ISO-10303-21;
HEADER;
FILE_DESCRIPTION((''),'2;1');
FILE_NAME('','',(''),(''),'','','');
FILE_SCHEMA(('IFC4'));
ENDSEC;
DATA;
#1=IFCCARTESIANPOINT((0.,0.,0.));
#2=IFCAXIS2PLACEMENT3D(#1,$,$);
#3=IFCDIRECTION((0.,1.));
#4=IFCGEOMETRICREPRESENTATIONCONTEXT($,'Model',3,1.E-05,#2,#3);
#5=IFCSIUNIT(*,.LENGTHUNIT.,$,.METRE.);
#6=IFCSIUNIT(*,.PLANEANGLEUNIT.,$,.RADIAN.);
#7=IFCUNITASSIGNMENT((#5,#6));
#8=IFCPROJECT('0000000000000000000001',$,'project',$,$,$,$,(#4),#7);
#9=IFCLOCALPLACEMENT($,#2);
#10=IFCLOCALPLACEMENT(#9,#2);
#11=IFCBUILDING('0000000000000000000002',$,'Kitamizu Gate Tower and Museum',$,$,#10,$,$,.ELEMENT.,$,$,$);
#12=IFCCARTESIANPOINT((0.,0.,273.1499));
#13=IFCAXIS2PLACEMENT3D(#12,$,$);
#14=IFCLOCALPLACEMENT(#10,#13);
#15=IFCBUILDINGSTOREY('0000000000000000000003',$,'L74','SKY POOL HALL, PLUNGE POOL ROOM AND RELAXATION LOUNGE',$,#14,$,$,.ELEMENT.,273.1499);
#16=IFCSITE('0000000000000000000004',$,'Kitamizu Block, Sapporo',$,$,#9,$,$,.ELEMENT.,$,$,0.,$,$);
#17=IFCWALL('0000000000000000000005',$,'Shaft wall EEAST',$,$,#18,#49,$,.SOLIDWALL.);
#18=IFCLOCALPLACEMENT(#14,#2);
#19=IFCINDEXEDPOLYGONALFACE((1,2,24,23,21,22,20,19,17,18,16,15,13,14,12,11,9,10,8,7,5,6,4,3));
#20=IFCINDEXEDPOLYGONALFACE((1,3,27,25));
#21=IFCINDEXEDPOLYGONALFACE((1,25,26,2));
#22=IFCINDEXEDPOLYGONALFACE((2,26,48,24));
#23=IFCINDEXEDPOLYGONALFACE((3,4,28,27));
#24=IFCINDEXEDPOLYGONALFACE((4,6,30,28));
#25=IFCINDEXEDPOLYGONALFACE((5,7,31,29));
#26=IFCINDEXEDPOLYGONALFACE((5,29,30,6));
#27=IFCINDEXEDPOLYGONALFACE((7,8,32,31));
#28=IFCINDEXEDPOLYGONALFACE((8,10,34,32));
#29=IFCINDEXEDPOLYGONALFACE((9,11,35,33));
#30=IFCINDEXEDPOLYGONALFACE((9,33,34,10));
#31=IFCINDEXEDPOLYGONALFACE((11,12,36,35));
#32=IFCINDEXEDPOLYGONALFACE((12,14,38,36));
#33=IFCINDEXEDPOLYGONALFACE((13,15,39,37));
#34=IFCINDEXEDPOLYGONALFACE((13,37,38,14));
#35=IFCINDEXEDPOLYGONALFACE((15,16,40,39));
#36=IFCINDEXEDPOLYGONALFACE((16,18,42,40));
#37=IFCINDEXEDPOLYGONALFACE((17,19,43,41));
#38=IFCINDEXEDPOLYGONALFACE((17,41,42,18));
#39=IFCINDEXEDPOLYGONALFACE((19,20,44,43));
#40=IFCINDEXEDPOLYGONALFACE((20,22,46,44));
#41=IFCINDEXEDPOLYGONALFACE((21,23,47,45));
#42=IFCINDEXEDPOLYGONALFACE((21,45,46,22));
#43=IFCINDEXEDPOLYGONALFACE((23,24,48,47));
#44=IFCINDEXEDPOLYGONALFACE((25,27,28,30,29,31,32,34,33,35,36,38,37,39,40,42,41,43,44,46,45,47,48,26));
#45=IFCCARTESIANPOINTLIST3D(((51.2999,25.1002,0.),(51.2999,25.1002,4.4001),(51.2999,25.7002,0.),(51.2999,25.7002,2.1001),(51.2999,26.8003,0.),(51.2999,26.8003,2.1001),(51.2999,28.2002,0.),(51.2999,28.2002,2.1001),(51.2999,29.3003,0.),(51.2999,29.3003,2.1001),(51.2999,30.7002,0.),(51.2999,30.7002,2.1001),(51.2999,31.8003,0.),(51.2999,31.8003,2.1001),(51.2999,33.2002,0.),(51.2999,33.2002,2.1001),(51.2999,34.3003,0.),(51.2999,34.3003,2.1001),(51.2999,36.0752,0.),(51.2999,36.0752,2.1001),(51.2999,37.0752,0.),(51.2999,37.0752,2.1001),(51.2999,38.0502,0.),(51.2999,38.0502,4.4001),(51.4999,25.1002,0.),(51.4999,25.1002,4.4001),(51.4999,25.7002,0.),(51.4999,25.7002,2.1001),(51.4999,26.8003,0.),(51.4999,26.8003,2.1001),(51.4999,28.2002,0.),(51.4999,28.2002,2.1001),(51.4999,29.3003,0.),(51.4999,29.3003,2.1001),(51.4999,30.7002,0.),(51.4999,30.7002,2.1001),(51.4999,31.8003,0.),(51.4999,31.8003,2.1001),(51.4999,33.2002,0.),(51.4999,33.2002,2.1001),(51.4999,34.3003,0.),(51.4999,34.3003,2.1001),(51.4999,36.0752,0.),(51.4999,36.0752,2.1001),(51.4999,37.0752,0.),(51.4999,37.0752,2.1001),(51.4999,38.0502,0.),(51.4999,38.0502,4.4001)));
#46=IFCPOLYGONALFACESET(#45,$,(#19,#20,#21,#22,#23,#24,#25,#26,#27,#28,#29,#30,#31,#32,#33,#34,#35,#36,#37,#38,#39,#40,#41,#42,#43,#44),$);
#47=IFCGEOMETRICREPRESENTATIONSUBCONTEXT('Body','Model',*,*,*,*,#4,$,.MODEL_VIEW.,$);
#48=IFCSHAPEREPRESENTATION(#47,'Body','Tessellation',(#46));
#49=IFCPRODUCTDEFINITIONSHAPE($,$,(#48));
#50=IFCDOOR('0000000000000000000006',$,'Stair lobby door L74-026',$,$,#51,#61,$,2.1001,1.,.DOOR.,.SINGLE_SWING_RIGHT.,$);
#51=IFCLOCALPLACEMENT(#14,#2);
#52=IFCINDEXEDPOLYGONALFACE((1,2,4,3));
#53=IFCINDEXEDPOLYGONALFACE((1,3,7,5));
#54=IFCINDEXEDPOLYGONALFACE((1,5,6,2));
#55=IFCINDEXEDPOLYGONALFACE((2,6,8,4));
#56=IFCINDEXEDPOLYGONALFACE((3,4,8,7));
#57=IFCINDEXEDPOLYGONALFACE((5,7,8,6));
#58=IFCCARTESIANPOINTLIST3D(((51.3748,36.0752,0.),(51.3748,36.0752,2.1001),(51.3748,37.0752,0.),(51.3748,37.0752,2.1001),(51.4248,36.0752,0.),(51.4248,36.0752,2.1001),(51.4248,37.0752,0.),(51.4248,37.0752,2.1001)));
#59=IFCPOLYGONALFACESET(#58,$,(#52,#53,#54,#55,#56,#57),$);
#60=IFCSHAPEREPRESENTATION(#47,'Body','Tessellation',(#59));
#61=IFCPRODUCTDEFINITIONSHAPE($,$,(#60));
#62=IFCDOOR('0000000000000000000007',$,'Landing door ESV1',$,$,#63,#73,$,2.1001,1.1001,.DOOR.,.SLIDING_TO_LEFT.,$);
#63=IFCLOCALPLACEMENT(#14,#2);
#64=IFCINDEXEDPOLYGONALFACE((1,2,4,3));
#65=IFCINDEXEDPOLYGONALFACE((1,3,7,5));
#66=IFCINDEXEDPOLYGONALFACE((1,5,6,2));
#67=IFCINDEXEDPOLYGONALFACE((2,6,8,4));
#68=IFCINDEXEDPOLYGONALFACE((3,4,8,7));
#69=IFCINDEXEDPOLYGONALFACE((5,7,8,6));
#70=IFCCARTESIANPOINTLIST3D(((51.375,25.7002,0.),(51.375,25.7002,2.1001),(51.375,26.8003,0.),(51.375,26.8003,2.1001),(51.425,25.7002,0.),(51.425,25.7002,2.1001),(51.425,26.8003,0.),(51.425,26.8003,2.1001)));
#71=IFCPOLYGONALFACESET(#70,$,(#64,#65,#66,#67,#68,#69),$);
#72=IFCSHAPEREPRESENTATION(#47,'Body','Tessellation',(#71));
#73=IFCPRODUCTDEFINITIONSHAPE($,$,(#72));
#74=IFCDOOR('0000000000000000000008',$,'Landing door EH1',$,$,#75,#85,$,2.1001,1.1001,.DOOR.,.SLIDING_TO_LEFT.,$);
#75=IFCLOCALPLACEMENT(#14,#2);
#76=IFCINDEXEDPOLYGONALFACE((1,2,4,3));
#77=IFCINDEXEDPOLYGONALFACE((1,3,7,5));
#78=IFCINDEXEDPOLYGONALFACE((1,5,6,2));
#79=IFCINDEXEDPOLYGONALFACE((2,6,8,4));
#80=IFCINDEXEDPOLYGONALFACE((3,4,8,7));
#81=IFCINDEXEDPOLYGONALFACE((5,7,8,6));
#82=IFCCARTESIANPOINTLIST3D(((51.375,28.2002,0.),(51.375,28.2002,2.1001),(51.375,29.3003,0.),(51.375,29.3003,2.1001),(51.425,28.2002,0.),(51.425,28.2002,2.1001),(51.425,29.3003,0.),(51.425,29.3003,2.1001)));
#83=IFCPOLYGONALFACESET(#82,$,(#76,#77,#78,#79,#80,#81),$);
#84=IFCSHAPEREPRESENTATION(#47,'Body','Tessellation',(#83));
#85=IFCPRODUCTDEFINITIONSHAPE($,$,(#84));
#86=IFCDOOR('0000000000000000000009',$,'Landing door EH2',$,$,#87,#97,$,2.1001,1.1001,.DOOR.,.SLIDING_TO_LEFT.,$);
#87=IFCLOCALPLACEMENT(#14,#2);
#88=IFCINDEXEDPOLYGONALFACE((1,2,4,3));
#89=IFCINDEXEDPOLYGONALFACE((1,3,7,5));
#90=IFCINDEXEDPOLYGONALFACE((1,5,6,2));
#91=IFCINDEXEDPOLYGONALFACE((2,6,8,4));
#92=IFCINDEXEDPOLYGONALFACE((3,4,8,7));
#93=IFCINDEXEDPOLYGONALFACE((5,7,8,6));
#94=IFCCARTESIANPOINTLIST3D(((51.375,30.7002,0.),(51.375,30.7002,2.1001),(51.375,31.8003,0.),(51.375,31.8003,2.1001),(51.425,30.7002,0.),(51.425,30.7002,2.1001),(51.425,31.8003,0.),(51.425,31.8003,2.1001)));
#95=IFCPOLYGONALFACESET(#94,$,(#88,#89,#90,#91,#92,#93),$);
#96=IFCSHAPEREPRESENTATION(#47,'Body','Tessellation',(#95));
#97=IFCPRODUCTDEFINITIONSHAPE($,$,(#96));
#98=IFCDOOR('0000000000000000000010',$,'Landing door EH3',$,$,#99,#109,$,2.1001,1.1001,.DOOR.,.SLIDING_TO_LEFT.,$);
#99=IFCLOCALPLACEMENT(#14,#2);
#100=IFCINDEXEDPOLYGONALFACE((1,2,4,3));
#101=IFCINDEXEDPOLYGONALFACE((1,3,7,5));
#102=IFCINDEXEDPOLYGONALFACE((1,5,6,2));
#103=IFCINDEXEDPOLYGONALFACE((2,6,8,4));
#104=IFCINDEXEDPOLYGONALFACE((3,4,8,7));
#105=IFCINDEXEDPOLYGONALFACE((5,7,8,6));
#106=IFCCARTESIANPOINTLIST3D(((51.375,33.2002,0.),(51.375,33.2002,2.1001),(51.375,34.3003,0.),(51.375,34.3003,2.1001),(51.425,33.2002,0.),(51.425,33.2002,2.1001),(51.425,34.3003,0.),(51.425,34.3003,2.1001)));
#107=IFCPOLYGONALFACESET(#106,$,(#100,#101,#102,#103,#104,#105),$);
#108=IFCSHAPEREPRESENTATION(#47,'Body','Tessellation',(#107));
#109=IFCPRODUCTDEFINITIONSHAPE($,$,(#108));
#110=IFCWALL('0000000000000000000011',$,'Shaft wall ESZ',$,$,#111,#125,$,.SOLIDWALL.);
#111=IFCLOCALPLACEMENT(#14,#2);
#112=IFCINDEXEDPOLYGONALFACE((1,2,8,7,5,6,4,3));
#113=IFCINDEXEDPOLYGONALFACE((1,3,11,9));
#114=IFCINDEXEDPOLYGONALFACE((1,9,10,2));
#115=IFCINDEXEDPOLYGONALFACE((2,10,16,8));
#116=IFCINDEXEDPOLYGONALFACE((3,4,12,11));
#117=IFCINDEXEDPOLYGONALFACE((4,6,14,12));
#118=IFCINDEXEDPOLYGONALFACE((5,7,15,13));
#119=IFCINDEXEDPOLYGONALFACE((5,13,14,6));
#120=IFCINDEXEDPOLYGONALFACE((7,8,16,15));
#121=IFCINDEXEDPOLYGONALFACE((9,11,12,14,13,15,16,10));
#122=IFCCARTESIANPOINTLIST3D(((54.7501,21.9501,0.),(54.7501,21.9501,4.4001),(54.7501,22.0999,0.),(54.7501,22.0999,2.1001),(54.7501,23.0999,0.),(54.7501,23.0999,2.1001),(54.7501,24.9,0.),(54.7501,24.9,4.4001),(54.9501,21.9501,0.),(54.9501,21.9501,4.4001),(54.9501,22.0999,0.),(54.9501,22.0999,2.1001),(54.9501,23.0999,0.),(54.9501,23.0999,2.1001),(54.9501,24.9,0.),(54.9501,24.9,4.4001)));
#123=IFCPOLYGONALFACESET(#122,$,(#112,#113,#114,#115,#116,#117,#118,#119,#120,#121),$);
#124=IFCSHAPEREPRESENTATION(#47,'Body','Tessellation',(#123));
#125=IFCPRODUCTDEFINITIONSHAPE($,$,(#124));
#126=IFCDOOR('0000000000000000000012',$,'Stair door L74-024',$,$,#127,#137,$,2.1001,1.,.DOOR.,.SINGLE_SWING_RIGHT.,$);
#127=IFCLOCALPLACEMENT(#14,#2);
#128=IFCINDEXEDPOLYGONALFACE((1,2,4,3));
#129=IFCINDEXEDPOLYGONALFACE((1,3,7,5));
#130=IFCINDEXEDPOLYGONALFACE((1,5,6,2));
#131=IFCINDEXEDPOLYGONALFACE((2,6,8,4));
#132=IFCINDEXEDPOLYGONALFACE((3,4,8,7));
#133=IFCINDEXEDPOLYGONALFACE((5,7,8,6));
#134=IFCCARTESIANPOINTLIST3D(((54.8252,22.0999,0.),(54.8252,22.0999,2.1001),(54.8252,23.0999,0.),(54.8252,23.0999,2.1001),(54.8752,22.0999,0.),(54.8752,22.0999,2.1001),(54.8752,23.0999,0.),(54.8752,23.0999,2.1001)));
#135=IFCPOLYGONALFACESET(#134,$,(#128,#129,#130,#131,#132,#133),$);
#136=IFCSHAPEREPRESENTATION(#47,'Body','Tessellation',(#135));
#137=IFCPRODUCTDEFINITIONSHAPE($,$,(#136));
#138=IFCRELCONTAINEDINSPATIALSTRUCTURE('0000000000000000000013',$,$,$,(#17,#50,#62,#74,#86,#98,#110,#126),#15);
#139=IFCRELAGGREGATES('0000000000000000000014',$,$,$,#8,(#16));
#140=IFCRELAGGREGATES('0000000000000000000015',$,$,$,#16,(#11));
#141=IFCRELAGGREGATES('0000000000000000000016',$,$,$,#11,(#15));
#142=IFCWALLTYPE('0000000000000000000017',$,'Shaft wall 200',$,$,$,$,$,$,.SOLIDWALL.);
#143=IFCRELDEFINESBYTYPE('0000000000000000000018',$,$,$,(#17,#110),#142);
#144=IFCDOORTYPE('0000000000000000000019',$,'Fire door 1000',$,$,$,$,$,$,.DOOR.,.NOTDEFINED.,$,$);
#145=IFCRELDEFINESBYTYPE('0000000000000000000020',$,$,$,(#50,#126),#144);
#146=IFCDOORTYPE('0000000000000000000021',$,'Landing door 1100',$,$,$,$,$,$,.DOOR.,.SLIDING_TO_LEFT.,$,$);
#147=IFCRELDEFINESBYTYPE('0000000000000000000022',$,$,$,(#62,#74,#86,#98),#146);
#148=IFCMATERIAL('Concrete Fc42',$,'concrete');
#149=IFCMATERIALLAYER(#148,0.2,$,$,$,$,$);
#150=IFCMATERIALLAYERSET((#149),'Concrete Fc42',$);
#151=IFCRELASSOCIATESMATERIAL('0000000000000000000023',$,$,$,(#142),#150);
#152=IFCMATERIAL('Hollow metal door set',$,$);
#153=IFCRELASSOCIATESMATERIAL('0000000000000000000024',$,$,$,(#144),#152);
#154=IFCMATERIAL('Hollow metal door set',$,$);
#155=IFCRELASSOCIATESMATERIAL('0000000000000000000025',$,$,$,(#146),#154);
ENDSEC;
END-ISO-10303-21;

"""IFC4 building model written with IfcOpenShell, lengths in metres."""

from ifc_helpers import new_model, si_unit, direction, frame, frame_2d, origin, place, context, subcontext, project, spatial, rectangle, extrude, material, layer, layer_set, type_object, element, fill, save


model = new_model("IFC4")

# Units and contexts
model_context = context("Model", 3, precision=1e-05, world=origin(), true_north=direction((0.0, 1.0)))
body_context = subcontext(model_context, "Body", "Model", "MODEL_VIEW")
ifc_project = project(units=[si_unit("LENGTHUNIT", "METRE"), si_unit("PLANEANGLEUNIT", "RADIAN")], contexts=[model_context])

# Site, building, storey
site_placement = place(None, origin())
site = spatial("IfcSite", under=ifc_project, at=site_placement, Name="Kitamizu Block, Sapporo", CompositionType="ELEMENT", RefElevation=0.0)
building_placement = place(site_placement, origin())
building = spatial("IfcBuilding", under=site, at=building_placement, Name="Kitamizu Gate Tower and Museum", CompositionType="ELEMENT")
storey_placement = place(building_placement, frame((0.0, 0.0, 273.1499)))
storey = spatial("IfcBuildingStorey", under=building, at=storey_placement, Name="L74", Description="SKY POOL HALL, PLUNGE POOL ROOM AND RELAXATION LOUNGE", CompositionType="ELEMENT", Elevation=273.1499)

# Wall, openings, doors
ifc_material_1 = material(Name="Concrete Fc42", Category="concrete")
ifc_layer_1 = layer(ifc_material_1, 0.2)
ifc_layer_set_1 = layer_set([ifc_layer_1], Name="Concrete Fc42")
wall_type_1 = type_object("IfcWallType", Name="Shaft wall 200", PredefinedType="SOLIDWALL", material=ifc_layer_set_1)
wall_1_placement = place(storey_placement, frame((51.3999, 25.1001, 0.0), z_axis=(0.0, 0.0, 1.0), x_axis=(0.0, 1.0, 0.0)))
wall_1 = element("IfcWall", 1, at=wall_1_placement, inside=storey, type_object=wall_type_1, Name="Shaft wall EEAST", PredefinedType="SOLIDWALL", context=body_context, shape_type="SweptSolid", body=[
    extrude(rectangle(XDim=12.95, YDim=0.2, at=frame_2d((6.4751, 0.0))), origin(), (0.0, 0.0, 1.0), 4.4001),
])
opening_1_placement = place(wall_1_placement, frame((0.6001, 0.0, 0.0)))
opening_1 = element("IfcOpeningElement", 2, at=opening_1_placement, cuts=wall_1, PredefinedType="OPENING", context=body_context, shape_type="SweptSolid", body=[
    extrude(rectangle(XDim=1.1001, YDim=2.1001, at=frame_2d((0.55, 1.05))), frame((0.0, 0.1099, 0.0), z_axis=(0.0, -1.0, 0.0), x_axis=(1.0, 0.0, 0.0)), (0.0, 0.0, 1.0), 0.22),
])
opening_2_placement = place(wall_1_placement, frame((3.1001, 0.0, 0.0)))
opening_2 = element("IfcOpeningElement", 3, at=opening_2_placement, cuts=wall_1, PredefinedType="OPENING", context=body_context, shape_type="SweptSolid", body=[
    extrude(rectangle(XDim=1.1001, YDim=2.1001, at=frame_2d((0.55, 1.05))), frame((0.0, 0.1099, 0.0), z_axis=(0.0, -1.0, 0.0), x_axis=(1.0, 0.0, 0.0)), (0.0, 0.0, 1.0), 0.22),
])
opening_3_placement = place(wall_1_placement, frame((5.6001, 0.0, 0.0)))
opening_3 = element("IfcOpeningElement", 4, at=opening_3_placement, cuts=wall_1, PredefinedType="OPENING", context=body_context, shape_type="SweptSolid", body=[
    extrude(rectangle(XDim=1.1001, YDim=2.1001, at=frame_2d((0.55, 1.05))), frame((0.0, 0.1099, 0.0), z_axis=(0.0, -1.0, 0.0), x_axis=(1.0, 0.0, 0.0)), (0.0, 0.0, 1.0), 0.22),
])
opening_4_placement = place(wall_1_placement, frame((8.1001, 0.0, 0.0)))
opening_4 = element("IfcOpeningElement", 5, at=opening_4_placement, cuts=wall_1, PredefinedType="OPENING", context=body_context, shape_type="SweptSolid", body=[
    extrude(rectangle(XDim=1.1001, YDim=2.1001, at=frame_2d((0.55, 1.05))), frame((0.0, 0.1099, 0.0), z_axis=(0.0, -1.0, 0.0), x_axis=(1.0, 0.0, 0.0)), (0.0, 0.0, 1.0), 0.22),
])
opening_5_placement = place(wall_1_placement, frame((10.9751, 0.0, 0.0)))
opening_5 = element("IfcOpeningElement", 6, at=opening_5_placement, cuts=wall_1, PredefinedType="OPENING", context=body_context, shape_type="SweptSolid", body=[
    extrude(rectangle(XDim=1.0, YDim=2.1001, at=frame_2d((0.5, 1.05))), frame((0.0, 0.1099, 0.0), z_axis=(0.0, -1.0, 0.0), x_axis=(1.0, 0.0, 0.0)), (0.0, 0.0, 1.0), 0.22),
])
ifc_material_2 = material(Name="Hollow metal door set")
door_type_1 = type_object("IfcDoorType", Name="Fire door 1000", OperationType="NOTDEFINED", PredefinedType="DOOR", material=ifc_material_2)
door_1_placement = place(opening_5_placement, frame((1.0, 0.0, 0.0), x_axis=(-1.0, 0.0, 0.0)))
door_1 = element("IfcDoor", 7, at=door_1_placement, inside=storey, type_object=door_type_1, Name="Stair lobby door L74-026", OperationType="SINGLE_SWING_RIGHT", OverallHeight=2.1001, OverallWidth=1.0, PredefinedType="DOOR", context=body_context, shape_type="SweptSolid", body=[
    extrude(rectangle(XDim=1.0, YDim=2.1001, at=frame_2d((0.5, 1.05))), frame((0.0, 0.0249, 0.0), z_axis=(0.0, -1.0, 0.0), x_axis=(1.0, 0.0, 0.0)), (0.0, 0.0, 1.0), 0.05),
])
fill(opening_5, door_1)
ifc_material_3 = material(Name="Hollow metal door set")
door_type_2 = type_object("IfcDoorType", Name="Landing door 1100", OperationType="SLIDING_TO_LEFT", PredefinedType="DOOR", material=ifc_material_3)
door_2_placement = place(opening_1_placement, origin())
door_2 = element("IfcDoor", 8, at=door_2_placement, inside=storey, type_object=door_type_2, Name="Landing door ESV1", OperationType="SLIDING_TO_LEFT", OverallHeight=2.1001, OverallWidth=1.1001, PredefinedType="DOOR", context=body_context, shape_type="SweptSolid", body=[
    extrude(rectangle(XDim=1.1001, YDim=2.1001, at=frame_2d((0.55, 1.05))), frame((0.0, 0.0249, 0.0), z_axis=(0.0, -1.0, 0.0), x_axis=(1.0, 0.0, 0.0)), (0.0, 0.0, 1.0), 0.05),
])
fill(opening_1, door_2)
door_3_placement = place(opening_2_placement, origin())
door_3 = element("IfcDoor", 9, at=door_3_placement, inside=storey, type_object=door_type_2, Name="Landing door EH1", OperationType="SLIDING_TO_LEFT", OverallHeight=2.1001, OverallWidth=1.1001, PredefinedType="DOOR", context=body_context, shape_type="SweptSolid", body=[
    extrude(rectangle(XDim=1.1001, YDim=2.1001, at=frame_2d((0.55, 1.05))), frame((0.0, 0.0249, 0.0), z_axis=(0.0, -1.0, 0.0), x_axis=(1.0, 0.0, 0.0)), (0.0, 0.0, 1.0), 0.05),
])
fill(opening_2, door_3)
door_4_placement = place(opening_3_placement, origin())
door_4 = element("IfcDoor", 10, at=door_4_placement, inside=storey, type_object=door_type_2, Name="Landing door EH2", OperationType="SLIDING_TO_LEFT", OverallHeight=2.1001, OverallWidth=1.1001, PredefinedType="DOOR", context=body_context, shape_type="SweptSolid", body=[
    extrude(rectangle(XDim=1.1001, YDim=2.1001, at=frame_2d((0.55, 1.05))), frame((0.0, 0.0249, 0.0), z_axis=(0.0, -1.0, 0.0), x_axis=(1.0, 0.0, 0.0)), (0.0, 0.0, 1.0), 0.05),
])
fill(opening_3, door_4)
door_5_placement = place(opening_4_placement, origin())
door_5 = element("IfcDoor", 11, at=door_5_placement, inside=storey, type_object=door_type_2, Name="Landing door EH3", OperationType="SLIDING_TO_LEFT", OverallHeight=2.1001, OverallWidth=1.1001, PredefinedType="DOOR", context=body_context, shape_type="SweptSolid", body=[
    extrude(rectangle(XDim=1.1001, YDim=2.1001, at=frame_2d((0.55, 1.05))), frame((0.0, 0.0249, 0.0), z_axis=(0.0, -1.0, 0.0), x_axis=(1.0, 0.0, 0.0)), (0.0, 0.0, 1.0), 0.05),
])
fill(opening_4, door_5)

# Wall, opening, door
wall_2_placement = place(storey_placement, frame((54.8501, 21.95, 0.0), z_axis=(0.0, 0.0, 1.0), x_axis=(0.0, 1.0, 0.0)))
wall_2 = element("IfcWall", 12, at=wall_2_placement, inside=storey, type_object=wall_type_1, Name="Shaft wall ESZ", PredefinedType="SOLIDWALL", context=body_context, shape_type="SweptSolid", body=[
    extrude(rectangle(XDim=2.95, YDim=0.2, at=frame_2d((1.4751, 0.0))), origin(), (0.0, 0.0, 1.0), 4.4001),
])
opening_6_placement = place(wall_2_placement, frame((0.1499, 0.0, 0.0)))
opening_6 = element("IfcOpeningElement", 13, at=opening_6_placement, cuts=wall_2, PredefinedType="OPENING", context=body_context, shape_type="SweptSolid", body=[
    extrude(rectangle(XDim=1.0, YDim=2.1001, at=frame_2d((0.5, 1.05))), frame((0.0, 0.1099, 0.0), z_axis=(0.0, -1.0, 0.0), x_axis=(1.0, 0.0, 0.0)), (0.0, 0.0, 1.0), 0.22),
])
door_6_placement = place(opening_6_placement, origin())
door_6 = element("IfcDoor", 14, at=door_6_placement, inside=storey, type_object=door_type_1, Name="Stair door L74-024", OperationType="SINGLE_SWING_RIGHT", OverallHeight=2.1001, OverallWidth=1.0, PredefinedType="DOOR", context=body_context, shape_type="SweptSolid", body=[
    extrude(rectangle(XDim=1.0, YDim=2.1001, at=frame_2d((0.5, 1.05))), frame((0.0, 0.0249, 0.0), z_axis=(0.0, -1.0, 0.0), x_axis=(1.0, 0.0, 0.0)), (0.0, 0.0, 1.0), 0.05),
])
fill(opening_6, door_6)

save(model, "model.ifc")
